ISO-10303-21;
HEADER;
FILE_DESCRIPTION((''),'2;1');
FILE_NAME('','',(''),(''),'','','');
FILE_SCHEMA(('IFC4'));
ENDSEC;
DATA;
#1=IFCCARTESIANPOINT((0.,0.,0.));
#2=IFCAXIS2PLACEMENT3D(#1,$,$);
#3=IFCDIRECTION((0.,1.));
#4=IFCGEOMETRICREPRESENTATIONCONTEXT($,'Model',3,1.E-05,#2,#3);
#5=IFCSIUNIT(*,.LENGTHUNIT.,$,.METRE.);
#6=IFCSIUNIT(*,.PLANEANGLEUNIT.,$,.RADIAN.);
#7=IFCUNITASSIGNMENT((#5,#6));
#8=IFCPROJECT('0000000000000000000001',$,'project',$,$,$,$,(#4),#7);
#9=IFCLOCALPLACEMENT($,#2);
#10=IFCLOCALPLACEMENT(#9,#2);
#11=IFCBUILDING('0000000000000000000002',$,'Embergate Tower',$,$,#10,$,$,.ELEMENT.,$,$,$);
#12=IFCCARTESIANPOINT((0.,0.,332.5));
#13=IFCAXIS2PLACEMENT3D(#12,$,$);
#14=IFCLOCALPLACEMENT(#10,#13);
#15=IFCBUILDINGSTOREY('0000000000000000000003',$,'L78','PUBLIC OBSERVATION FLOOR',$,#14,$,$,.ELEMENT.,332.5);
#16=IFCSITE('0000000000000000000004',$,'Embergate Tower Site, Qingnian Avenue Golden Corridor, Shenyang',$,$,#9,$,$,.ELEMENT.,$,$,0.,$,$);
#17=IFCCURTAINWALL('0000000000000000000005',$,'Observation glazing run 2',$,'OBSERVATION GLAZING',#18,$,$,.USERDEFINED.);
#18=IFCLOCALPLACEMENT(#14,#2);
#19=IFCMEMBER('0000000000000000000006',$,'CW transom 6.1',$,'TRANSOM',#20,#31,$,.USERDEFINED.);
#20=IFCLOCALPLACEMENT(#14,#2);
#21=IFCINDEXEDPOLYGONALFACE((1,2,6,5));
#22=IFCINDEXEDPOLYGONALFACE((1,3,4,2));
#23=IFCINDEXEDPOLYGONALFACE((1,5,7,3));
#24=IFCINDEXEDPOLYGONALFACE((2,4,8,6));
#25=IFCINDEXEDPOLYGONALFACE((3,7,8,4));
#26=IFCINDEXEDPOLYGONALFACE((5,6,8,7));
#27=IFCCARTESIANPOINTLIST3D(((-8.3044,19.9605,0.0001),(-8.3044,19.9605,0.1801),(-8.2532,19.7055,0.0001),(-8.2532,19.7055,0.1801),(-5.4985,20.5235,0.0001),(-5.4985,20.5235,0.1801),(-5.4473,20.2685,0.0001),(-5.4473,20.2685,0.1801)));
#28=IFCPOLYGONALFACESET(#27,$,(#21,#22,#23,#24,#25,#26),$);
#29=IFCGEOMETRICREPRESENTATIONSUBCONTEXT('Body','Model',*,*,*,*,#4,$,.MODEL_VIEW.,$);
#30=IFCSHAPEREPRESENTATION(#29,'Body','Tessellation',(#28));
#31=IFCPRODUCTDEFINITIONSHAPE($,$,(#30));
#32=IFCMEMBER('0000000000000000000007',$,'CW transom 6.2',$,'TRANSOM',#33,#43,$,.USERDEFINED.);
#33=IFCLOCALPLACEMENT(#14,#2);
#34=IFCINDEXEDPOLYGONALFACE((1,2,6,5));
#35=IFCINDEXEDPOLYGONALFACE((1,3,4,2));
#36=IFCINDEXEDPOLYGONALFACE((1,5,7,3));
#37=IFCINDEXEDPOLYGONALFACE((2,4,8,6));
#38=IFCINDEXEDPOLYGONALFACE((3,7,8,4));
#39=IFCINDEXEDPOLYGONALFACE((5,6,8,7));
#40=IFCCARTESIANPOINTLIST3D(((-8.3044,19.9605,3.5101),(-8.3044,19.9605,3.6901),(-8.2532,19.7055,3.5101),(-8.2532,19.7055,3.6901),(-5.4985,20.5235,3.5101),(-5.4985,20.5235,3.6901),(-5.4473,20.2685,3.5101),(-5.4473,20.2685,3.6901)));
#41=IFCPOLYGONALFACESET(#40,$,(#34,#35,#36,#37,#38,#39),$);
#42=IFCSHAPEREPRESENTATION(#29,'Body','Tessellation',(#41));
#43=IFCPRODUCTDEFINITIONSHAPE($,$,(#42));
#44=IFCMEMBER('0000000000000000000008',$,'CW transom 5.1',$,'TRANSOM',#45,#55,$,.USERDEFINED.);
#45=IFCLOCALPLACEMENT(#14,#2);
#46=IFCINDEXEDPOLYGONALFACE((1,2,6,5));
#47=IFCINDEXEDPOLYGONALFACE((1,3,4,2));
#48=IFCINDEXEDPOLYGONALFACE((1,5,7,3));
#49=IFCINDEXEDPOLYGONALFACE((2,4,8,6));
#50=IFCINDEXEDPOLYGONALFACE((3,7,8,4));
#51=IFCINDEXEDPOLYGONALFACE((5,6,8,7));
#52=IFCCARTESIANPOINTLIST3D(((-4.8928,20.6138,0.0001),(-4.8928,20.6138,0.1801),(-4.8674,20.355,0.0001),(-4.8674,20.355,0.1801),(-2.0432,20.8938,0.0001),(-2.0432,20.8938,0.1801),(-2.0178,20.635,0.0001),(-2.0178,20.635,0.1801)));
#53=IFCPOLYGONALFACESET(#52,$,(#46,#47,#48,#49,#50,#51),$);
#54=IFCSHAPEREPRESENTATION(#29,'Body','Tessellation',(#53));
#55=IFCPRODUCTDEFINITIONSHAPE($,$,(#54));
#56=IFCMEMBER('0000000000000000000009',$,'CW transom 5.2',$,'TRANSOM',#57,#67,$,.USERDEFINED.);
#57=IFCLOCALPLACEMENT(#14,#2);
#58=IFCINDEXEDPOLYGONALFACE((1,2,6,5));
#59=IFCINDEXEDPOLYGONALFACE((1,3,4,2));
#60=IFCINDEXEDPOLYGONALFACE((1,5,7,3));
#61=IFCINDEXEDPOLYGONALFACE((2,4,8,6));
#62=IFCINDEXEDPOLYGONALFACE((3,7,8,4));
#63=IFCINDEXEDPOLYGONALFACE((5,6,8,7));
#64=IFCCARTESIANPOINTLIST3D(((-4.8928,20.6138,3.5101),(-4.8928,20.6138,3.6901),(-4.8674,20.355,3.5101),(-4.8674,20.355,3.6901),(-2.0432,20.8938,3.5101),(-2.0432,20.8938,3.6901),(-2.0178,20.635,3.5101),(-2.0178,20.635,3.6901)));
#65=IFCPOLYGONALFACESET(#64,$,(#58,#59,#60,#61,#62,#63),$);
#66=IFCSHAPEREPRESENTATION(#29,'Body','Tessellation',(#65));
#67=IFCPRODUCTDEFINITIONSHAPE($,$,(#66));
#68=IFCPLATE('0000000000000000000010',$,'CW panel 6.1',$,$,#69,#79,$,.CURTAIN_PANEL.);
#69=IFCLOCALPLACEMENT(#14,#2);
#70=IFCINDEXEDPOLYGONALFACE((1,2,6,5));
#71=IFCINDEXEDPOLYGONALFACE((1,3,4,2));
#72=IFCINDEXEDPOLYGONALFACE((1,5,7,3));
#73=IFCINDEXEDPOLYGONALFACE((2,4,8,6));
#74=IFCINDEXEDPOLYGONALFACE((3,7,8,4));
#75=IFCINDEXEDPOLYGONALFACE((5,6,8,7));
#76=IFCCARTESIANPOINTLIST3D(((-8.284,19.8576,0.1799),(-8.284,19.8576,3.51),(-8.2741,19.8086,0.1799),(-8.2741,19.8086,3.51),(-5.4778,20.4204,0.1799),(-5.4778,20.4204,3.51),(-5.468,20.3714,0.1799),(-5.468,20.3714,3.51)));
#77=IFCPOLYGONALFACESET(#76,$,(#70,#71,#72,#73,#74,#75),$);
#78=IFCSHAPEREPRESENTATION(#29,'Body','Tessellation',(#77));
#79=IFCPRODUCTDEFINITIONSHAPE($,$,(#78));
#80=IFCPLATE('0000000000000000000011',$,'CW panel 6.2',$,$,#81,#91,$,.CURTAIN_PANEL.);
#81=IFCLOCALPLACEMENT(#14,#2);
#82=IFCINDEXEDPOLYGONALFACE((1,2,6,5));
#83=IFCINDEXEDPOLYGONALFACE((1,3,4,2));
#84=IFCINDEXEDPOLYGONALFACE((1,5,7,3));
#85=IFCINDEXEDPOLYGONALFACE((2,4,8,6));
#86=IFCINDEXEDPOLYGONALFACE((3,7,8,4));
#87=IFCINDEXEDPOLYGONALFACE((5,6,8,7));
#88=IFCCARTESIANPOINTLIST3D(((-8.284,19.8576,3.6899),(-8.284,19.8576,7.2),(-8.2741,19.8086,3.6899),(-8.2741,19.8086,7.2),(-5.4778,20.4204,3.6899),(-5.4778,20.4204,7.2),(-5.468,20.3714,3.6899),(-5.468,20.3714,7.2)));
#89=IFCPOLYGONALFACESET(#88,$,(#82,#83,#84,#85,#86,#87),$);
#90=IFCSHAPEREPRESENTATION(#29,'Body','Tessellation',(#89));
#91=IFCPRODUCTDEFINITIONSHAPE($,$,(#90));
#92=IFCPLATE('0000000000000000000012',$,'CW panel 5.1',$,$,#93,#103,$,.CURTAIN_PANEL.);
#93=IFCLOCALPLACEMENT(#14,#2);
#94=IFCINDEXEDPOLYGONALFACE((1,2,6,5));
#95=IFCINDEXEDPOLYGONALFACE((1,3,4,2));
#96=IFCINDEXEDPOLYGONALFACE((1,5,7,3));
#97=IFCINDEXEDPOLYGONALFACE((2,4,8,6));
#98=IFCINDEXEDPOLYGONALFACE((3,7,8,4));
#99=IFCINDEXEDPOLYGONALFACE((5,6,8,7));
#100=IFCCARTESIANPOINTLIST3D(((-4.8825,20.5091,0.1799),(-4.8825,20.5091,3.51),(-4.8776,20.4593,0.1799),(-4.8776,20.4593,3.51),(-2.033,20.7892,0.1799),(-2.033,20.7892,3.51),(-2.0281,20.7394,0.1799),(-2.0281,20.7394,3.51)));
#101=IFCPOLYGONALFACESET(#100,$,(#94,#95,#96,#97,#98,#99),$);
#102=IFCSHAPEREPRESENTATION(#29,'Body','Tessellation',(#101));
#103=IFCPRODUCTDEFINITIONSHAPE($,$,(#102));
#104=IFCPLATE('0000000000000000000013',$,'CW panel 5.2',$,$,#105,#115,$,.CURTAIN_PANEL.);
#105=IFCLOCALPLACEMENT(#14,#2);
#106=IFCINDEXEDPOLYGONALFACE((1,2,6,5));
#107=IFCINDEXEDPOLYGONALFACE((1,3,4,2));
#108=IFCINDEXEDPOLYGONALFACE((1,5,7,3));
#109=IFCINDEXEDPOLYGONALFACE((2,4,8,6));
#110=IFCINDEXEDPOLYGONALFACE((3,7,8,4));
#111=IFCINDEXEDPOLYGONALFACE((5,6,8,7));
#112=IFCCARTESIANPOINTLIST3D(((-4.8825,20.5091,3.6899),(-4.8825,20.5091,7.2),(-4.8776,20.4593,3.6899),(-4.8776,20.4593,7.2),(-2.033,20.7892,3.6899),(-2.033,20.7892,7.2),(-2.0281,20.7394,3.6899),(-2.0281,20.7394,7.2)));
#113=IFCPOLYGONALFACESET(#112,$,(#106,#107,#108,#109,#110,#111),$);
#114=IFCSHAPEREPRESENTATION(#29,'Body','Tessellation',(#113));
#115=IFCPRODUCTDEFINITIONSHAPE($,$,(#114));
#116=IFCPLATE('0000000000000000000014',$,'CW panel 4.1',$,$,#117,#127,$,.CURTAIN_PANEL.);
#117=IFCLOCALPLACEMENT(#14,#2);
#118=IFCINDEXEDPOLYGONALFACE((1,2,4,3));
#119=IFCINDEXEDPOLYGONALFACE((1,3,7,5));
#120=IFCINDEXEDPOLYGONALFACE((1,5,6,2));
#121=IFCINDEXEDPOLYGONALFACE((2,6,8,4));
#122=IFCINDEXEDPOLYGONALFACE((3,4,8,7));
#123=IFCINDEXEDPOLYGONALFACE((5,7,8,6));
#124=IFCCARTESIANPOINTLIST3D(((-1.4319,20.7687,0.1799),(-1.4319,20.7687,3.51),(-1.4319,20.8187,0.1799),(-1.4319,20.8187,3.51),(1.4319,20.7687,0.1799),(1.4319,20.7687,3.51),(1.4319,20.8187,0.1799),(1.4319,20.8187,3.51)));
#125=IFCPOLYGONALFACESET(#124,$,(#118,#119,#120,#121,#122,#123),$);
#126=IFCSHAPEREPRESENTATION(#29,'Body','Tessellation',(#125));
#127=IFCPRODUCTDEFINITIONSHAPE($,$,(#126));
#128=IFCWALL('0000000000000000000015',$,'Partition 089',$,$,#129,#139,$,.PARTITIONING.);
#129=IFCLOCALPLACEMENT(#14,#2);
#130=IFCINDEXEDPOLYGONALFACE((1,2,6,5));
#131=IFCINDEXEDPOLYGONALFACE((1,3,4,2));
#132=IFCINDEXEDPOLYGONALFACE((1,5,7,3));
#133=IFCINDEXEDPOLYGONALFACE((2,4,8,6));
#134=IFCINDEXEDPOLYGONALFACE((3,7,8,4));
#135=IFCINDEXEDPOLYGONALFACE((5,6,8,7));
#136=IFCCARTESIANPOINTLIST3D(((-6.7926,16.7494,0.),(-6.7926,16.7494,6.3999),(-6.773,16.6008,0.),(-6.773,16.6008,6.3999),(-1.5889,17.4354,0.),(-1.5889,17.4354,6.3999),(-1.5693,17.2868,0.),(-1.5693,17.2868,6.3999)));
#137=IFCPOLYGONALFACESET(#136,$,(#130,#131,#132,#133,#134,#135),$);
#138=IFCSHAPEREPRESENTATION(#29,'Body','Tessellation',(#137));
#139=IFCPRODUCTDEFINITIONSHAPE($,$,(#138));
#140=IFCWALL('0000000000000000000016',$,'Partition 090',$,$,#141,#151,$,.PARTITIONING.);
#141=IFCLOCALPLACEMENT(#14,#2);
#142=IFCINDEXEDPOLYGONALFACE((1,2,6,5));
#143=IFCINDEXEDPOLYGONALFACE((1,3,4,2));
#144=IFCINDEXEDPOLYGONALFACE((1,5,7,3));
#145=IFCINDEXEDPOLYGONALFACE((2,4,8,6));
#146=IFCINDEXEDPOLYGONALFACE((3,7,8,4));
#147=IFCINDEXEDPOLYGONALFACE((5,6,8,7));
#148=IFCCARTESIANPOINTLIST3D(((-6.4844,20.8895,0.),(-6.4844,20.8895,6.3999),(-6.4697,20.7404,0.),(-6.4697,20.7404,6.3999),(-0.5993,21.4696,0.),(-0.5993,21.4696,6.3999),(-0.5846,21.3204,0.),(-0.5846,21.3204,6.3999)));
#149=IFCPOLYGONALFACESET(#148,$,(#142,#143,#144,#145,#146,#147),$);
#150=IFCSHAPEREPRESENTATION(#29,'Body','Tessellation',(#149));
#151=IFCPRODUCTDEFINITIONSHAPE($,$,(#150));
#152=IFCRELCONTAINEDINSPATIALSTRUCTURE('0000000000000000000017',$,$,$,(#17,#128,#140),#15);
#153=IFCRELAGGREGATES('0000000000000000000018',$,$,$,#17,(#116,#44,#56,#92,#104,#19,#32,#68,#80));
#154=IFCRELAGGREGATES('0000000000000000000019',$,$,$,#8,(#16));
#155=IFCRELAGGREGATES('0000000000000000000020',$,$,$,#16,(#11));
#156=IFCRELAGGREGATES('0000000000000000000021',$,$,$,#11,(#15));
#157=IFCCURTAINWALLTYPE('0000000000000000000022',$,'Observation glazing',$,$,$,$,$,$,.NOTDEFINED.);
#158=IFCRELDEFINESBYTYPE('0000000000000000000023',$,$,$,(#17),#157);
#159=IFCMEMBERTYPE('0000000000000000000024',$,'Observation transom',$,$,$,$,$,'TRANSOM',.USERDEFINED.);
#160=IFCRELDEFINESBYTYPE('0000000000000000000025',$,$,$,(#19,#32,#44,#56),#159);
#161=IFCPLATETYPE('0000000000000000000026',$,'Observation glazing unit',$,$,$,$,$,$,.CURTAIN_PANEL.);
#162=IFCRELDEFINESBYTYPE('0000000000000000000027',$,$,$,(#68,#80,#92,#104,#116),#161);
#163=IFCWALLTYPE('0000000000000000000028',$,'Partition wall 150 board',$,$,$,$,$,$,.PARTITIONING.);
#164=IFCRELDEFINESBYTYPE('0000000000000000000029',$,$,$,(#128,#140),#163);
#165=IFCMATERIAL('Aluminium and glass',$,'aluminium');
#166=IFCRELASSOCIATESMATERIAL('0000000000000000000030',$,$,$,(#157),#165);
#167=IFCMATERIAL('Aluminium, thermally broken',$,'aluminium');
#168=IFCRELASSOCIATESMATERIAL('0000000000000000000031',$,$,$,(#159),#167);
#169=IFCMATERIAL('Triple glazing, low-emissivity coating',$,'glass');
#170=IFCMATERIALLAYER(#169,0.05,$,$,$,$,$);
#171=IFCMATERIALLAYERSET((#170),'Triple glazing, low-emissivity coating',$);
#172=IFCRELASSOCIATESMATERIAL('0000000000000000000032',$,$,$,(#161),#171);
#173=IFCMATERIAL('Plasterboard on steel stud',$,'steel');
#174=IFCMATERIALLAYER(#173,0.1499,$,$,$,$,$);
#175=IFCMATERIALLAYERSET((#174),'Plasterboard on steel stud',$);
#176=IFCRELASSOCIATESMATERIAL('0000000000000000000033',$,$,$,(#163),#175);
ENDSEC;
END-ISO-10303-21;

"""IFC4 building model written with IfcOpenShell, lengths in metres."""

from ifc_helpers import new_model, si_unit, direction, frame, frame_2d, origin, origin_2d, place, context, subcontext, project, spatial, rectangle, extrude, source, transform, mapped, material, layer, layer_set, material_profile, profile_set, type_object, element, aggregate, save


model = new_model("IFC4")

# Units and contexts
model_context = context("Model", 3, precision=1e-05, world=origin(), true_north=direction((0.0, 1.0)))
body_context = subcontext(model_context, "Body", "Model", "MODEL_VIEW")
ifc_project = project(units=[si_unit("LENGTHUNIT", "METRE"), si_unit("PLANEANGLEUNIT", "RADIAN")], contexts=[model_context])

# Site, building, storey
site_placement = place(None, origin())
site = spatial("IfcSite", under=ifc_project, at=site_placement, Name="Embergate Tower Site, Qingnian Avenue Golden Corridor, Shenyang", CompositionType="ELEMENT", RefElevation=0.0)
building_placement = place(site_placement, origin())
building = spatial("IfcBuilding", under=site, at=building_placement, Name="Embergate Tower", CompositionType="ELEMENT")
storey_placement = place(building_placement, frame((0.0, 0.0, 332.5)))
storey = spatial("IfcBuildingStorey", under=building, at=storey_placement, Name="L78", Description="PUBLIC OBSERVATION FLOOR", CompositionType="ELEMENT", Elevation=332.5)

# Curtain wall, members, plates
ifc_material_1 = material(Name="Aluminium and glass", Category="aluminium")
curtain_wall_type = type_object("IfcCurtainWallType", Name="Observation glazing", PredefinedType="NOTDEFINED", material=ifc_material_1)
curtain_wall_placement = place(storey_placement, origin())
curtain_wall = element("IfcCurtainWall", 1, at=curtain_wall_placement, inside=storey, type_object=curtain_wall_type, Name="Observation glazing run 2", ObjectType="OBSERVATION GLAZING", PredefinedType="USERDEFINED")
ifc_material_2 = material(Name="Aluminium, thermally broken", Category="aluminium")
ifc_material_profile_1 = material_profile(ifc_material_2, rectangle(XDim=0.26, YDim=0.1799, at=origin_2d()), Name="AL 180x260")
ifc_profile_set_1 = profile_set([ifc_material_profile_1], Name="Aluminium, thermally broken")
member_type_1 = type_object("IfcMemberType", Name="Observation transom", ElementType="TRANSOM", PredefinedType="USERDEFINED", material=ifc_profile_set_1)
shared_shape_1 = source(origin(), body_context, "Body", "SweptSolid", [
    extrude(rectangle(XDim=0.26, YDim=0.1799, at=origin_2d()), origin(), (0.0, 0.0, 1.0), 2.8618),
])
member_1_placement = place(storey_placement, frame((-5.4729, 20.396, 0.0901), z_axis=(-0.980459, -0.196723, 0.0), x_axis=(0.196723, -0.980459, 0.0)))
member_1 = element("IfcMember", 2, at=member_1_placement, type_object=member_type_1, Name="CW transom 6.1", ObjectType="TRANSOM", PredefinedType="USERDEFINED", context=body_context, shape_type="MappedRepresentation", body=[
    mapped(shared_shape_1, transform((0.0, 0.0, 0.0))),
])
member_2_placement = place(storey_placement, frame((-5.4729, 20.396, 3.6001), z_axis=(-0.980459, -0.196723, 0.0), x_axis=(0.196723, -0.980459, 0.0)))
member_2 = element("IfcMember", 3, at=member_2_placement, type_object=member_type_1, Name="CW transom 6.2", ObjectType="TRANSOM", PredefinedType="USERDEFINED", context=body_context, shape_type="MappedRepresentation", body=[
    mapped(shared_shape_1, transform((0.0, 0.0, 0.0))),
])
shared_shape_2 = source(origin(), body_context, "Body", "SweptSolid", [
    extrude(rectangle(XDim=0.26, YDim=0.1799, at=origin_2d()), origin(), (0.0, 0.0, 1.0), 2.8633),
])
member_3_placement = place(storey_placement, frame((-2.0305, 20.7644, 0.0901), z_axis=(-0.995206, -0.097798, 0.0), x_axis=(0.097798, -0.995206, 0.0)))
member_3 = element("IfcMember", 4, at=member_3_placement, type_object=member_type_1, Name="CW transom 5.1", ObjectType="TRANSOM", PredefinedType="USERDEFINED", context=body_context, shape_type="MappedRepresentation", body=[
    mapped(shared_shape_2, transform((0.0, 0.0, 0.0))),
])
member_4_placement = place(storey_placement, frame((-2.0305, 20.7644, 3.6001), z_axis=(-0.995206, -0.097798, 0.0), x_axis=(0.097798, -0.995206, 0.0)))
member_4 = element("IfcMember", 5, at=member_4_placement, type_object=member_type_1, Name="CW transom 5.2", ObjectType="TRANSOM", PredefinedType="USERDEFINED", context=body_context, shape_type="MappedRepresentation", body=[
    mapped(shared_shape_2, transform((0.0, 0.0, 0.0))),
])
ifc_material_3 = material(Name="Triple glazing, low-emissivity coating", Category="glass")
ifc_layer_1 = layer(ifc_material_3, 0.05)
ifc_layer_set_1 = layer_set([ifc_layer_1], Name="Triple glazing, low-emissivity coating")
plate_type = type_object("IfcPlateType", Name="Observation glazing unit", PredefinedType="CURTAIN_PANEL", material=ifc_layer_set_1)
shared_shape_3 = source(origin(), body_context, "Body", "SweptSolid", [
    extrude(rectangle(XDim=2.8621, YDim=0.05, at=origin_2d()), origin(), (0.0, 0.0, 1.0), 3.3301),
])
plate_1_placement = place(storey_placement, frame((-6.876, 20.1145, 0.1799), z_axis=(0.0, 0.0, 1.0), x_axis=(-0.980476, -0.196638, 0.0)))
plate_1 = element("IfcPlate", 6, at=plate_1_placement, type_object=plate_type, Name="CW panel 6.1", PredefinedType="CURTAIN_PANEL", context=body_context, shape_type="MappedRepresentation", body=[
    mapped(shared_shape_3, transform((0.0, 0.0, 0.0))),
])
shared_shape_4 = source(origin(), body_context, "Body", "SweptSolid", [
    extrude(rectangle(XDim=2.8621, YDim=0.05, at=origin_2d()), origin(), (0.0, 0.0, 1.0), 3.51),
])
plate_2_placement = place(storey_placement, frame((-6.876, 20.1145, 3.6899), z_axis=(0.0, 0.0, 1.0), x_axis=(-0.980476, -0.196638, 0.0)))
plate_2 = element("IfcPlate", 7, at=plate_2_placement, type_object=plate_type, Name="CW panel 6.2", PredefinedType="CURTAIN_PANEL", context=body_context, shape_type="MappedRepresentation", body=[
    mapped(shared_shape_4, transform((0.0, 0.0, 0.0))),
])
shared_shape_5 = source(origin(), body_context, "Body", "SweptSolid", [
    extrude(rectangle(XDim=2.8633, YDim=0.05, at=origin_2d()), origin(), (0.0, 0.0, 1.0), 3.3301),
])
plate_3_placement = place(storey_placement, frame((-3.4553, 20.6243, 0.1799), z_axis=(0.0, 0.0, 1.0), x_axis=(-0.995203, -0.097828, 0.0)))
plate_3 = element("IfcPlate", 8, at=plate_3_placement, type_object=plate_type, Name="CW panel 5.1", PredefinedType="CURTAIN_PANEL", context=body_context, shape_type="MappedRepresentation", body=[
    mapped(shared_shape_5, transform((0.0, 0.0, 0.0))),
])
shared_shape_6 = source(origin(), body_context, "Body", "SweptSolid", [
    extrude(rectangle(XDim=2.8633, YDim=0.05, at=origin_2d()), origin(), (0.0, 0.0, 1.0), 3.51),
])
plate_4_placement = place(storey_placement, frame((-3.4553, 20.6243, 3.6899), z_axis=(0.0, 0.0, 1.0), x_axis=(-0.995203, -0.097828, 0.0)))
plate_4 = element("IfcPlate", 9, at=plate_4_placement, type_object=plate_type, Name="CW panel 5.2", PredefinedType="CURTAIN_PANEL", context=body_context, shape_type="MappedRepresentation", body=[
    mapped(shared_shape_6, transform((0.0, 0.0, 0.0))),
])
shared_shape_7 = source(origin(), body_context, "Body", "SweptSolid", [
    extrude(rectangle(XDim=2.8638, YDim=0.05, at=origin_2d()), origin(), (0.0, 0.0, 1.0), 3.3301),
])
plate_5_placement = place(storey_placement, frame((0.0, 20.7937, 0.1799), z_axis=(0.0, 0.0, 1.0), x_axis=(-1.0, 0.0, 0.0)))
plate_5 = element("IfcPlate", 10, at=plate_5_placement, type_object=plate_type, Name="CW panel 4.1", PredefinedType="CURTAIN_PANEL", context=body_context, shape_type="MappedRepresentation", body=[
    mapped(shared_shape_7, transform((0.0, 0.0, 0.0))),
])
aggregate(curtain_wall, [plate_5, member_3, member_4, plate_3, plate_4, member_1, member_2, plate_1, plate_2])

# Walls
ifc_material_4 = material(Name="Plasterboard on steel stud", Category="steel")
ifc_layer_2 = layer(ifc_material_4, 0.1499)
ifc_layer_set_2 = layer_set([ifc_layer_2], Name="Plasterboard on steel stud")
wall_type = type_object("IfcWallType", Name="Partition wall 150 board", PredefinedType="PARTITIONING", material=ifc_layer_set_2)
shared_shape_8 = source(origin(), body_context, "Body", "SweptSolid", [
    extrude(rectangle(XDim=5.2488, YDim=0.1499, at=frame_2d((2.6245, 0.0))), origin(), (0.0, 0.0, 1.0), 6.3999),
])
wall_1_placement = place(storey_placement, frame((-6.783, 16.675, 0.0), z_axis=(0.0, 0.0, 1.0), x_axis=(0.991422, 0.130701, 0.0)))
element("IfcWall", 11, at=wall_1_placement, inside=storey, type_object=wall_type, Name="Partition 089", PredefinedType="PARTITIONING", context=body_context, shape_type="MappedRepresentation", body=[
    mapped(shared_shape_8, transform((0.0, 0.0, 0.0))),
])
shared_shape_9 = source(origin(), body_context, "Body", "SweptSolid", [
    extrude(rectangle(XDim=5.9136, YDim=0.1499, at=frame_2d((2.9568, 0.0))), origin(), (0.0, 0.0, 1.0), 6.3999),
])
wall_2_placement = place(storey_placement, frame((-6.4771, 20.8149, 0.0), z_axis=(0.0, 0.0, 1.0), x_axis=(0.995177, 0.098093, 0.0)))
element("IfcWall", 12, at=wall_2_placement, inside=storey, type_object=wall_type, Name="Partition 090", PredefinedType="PARTITIONING", context=body_context, shape_type="MappedRepresentation", body=[
    mapped(shared_shape_9, transform((0.0, 0.0, 0.0))),
])

save(model, "model.ifc")
